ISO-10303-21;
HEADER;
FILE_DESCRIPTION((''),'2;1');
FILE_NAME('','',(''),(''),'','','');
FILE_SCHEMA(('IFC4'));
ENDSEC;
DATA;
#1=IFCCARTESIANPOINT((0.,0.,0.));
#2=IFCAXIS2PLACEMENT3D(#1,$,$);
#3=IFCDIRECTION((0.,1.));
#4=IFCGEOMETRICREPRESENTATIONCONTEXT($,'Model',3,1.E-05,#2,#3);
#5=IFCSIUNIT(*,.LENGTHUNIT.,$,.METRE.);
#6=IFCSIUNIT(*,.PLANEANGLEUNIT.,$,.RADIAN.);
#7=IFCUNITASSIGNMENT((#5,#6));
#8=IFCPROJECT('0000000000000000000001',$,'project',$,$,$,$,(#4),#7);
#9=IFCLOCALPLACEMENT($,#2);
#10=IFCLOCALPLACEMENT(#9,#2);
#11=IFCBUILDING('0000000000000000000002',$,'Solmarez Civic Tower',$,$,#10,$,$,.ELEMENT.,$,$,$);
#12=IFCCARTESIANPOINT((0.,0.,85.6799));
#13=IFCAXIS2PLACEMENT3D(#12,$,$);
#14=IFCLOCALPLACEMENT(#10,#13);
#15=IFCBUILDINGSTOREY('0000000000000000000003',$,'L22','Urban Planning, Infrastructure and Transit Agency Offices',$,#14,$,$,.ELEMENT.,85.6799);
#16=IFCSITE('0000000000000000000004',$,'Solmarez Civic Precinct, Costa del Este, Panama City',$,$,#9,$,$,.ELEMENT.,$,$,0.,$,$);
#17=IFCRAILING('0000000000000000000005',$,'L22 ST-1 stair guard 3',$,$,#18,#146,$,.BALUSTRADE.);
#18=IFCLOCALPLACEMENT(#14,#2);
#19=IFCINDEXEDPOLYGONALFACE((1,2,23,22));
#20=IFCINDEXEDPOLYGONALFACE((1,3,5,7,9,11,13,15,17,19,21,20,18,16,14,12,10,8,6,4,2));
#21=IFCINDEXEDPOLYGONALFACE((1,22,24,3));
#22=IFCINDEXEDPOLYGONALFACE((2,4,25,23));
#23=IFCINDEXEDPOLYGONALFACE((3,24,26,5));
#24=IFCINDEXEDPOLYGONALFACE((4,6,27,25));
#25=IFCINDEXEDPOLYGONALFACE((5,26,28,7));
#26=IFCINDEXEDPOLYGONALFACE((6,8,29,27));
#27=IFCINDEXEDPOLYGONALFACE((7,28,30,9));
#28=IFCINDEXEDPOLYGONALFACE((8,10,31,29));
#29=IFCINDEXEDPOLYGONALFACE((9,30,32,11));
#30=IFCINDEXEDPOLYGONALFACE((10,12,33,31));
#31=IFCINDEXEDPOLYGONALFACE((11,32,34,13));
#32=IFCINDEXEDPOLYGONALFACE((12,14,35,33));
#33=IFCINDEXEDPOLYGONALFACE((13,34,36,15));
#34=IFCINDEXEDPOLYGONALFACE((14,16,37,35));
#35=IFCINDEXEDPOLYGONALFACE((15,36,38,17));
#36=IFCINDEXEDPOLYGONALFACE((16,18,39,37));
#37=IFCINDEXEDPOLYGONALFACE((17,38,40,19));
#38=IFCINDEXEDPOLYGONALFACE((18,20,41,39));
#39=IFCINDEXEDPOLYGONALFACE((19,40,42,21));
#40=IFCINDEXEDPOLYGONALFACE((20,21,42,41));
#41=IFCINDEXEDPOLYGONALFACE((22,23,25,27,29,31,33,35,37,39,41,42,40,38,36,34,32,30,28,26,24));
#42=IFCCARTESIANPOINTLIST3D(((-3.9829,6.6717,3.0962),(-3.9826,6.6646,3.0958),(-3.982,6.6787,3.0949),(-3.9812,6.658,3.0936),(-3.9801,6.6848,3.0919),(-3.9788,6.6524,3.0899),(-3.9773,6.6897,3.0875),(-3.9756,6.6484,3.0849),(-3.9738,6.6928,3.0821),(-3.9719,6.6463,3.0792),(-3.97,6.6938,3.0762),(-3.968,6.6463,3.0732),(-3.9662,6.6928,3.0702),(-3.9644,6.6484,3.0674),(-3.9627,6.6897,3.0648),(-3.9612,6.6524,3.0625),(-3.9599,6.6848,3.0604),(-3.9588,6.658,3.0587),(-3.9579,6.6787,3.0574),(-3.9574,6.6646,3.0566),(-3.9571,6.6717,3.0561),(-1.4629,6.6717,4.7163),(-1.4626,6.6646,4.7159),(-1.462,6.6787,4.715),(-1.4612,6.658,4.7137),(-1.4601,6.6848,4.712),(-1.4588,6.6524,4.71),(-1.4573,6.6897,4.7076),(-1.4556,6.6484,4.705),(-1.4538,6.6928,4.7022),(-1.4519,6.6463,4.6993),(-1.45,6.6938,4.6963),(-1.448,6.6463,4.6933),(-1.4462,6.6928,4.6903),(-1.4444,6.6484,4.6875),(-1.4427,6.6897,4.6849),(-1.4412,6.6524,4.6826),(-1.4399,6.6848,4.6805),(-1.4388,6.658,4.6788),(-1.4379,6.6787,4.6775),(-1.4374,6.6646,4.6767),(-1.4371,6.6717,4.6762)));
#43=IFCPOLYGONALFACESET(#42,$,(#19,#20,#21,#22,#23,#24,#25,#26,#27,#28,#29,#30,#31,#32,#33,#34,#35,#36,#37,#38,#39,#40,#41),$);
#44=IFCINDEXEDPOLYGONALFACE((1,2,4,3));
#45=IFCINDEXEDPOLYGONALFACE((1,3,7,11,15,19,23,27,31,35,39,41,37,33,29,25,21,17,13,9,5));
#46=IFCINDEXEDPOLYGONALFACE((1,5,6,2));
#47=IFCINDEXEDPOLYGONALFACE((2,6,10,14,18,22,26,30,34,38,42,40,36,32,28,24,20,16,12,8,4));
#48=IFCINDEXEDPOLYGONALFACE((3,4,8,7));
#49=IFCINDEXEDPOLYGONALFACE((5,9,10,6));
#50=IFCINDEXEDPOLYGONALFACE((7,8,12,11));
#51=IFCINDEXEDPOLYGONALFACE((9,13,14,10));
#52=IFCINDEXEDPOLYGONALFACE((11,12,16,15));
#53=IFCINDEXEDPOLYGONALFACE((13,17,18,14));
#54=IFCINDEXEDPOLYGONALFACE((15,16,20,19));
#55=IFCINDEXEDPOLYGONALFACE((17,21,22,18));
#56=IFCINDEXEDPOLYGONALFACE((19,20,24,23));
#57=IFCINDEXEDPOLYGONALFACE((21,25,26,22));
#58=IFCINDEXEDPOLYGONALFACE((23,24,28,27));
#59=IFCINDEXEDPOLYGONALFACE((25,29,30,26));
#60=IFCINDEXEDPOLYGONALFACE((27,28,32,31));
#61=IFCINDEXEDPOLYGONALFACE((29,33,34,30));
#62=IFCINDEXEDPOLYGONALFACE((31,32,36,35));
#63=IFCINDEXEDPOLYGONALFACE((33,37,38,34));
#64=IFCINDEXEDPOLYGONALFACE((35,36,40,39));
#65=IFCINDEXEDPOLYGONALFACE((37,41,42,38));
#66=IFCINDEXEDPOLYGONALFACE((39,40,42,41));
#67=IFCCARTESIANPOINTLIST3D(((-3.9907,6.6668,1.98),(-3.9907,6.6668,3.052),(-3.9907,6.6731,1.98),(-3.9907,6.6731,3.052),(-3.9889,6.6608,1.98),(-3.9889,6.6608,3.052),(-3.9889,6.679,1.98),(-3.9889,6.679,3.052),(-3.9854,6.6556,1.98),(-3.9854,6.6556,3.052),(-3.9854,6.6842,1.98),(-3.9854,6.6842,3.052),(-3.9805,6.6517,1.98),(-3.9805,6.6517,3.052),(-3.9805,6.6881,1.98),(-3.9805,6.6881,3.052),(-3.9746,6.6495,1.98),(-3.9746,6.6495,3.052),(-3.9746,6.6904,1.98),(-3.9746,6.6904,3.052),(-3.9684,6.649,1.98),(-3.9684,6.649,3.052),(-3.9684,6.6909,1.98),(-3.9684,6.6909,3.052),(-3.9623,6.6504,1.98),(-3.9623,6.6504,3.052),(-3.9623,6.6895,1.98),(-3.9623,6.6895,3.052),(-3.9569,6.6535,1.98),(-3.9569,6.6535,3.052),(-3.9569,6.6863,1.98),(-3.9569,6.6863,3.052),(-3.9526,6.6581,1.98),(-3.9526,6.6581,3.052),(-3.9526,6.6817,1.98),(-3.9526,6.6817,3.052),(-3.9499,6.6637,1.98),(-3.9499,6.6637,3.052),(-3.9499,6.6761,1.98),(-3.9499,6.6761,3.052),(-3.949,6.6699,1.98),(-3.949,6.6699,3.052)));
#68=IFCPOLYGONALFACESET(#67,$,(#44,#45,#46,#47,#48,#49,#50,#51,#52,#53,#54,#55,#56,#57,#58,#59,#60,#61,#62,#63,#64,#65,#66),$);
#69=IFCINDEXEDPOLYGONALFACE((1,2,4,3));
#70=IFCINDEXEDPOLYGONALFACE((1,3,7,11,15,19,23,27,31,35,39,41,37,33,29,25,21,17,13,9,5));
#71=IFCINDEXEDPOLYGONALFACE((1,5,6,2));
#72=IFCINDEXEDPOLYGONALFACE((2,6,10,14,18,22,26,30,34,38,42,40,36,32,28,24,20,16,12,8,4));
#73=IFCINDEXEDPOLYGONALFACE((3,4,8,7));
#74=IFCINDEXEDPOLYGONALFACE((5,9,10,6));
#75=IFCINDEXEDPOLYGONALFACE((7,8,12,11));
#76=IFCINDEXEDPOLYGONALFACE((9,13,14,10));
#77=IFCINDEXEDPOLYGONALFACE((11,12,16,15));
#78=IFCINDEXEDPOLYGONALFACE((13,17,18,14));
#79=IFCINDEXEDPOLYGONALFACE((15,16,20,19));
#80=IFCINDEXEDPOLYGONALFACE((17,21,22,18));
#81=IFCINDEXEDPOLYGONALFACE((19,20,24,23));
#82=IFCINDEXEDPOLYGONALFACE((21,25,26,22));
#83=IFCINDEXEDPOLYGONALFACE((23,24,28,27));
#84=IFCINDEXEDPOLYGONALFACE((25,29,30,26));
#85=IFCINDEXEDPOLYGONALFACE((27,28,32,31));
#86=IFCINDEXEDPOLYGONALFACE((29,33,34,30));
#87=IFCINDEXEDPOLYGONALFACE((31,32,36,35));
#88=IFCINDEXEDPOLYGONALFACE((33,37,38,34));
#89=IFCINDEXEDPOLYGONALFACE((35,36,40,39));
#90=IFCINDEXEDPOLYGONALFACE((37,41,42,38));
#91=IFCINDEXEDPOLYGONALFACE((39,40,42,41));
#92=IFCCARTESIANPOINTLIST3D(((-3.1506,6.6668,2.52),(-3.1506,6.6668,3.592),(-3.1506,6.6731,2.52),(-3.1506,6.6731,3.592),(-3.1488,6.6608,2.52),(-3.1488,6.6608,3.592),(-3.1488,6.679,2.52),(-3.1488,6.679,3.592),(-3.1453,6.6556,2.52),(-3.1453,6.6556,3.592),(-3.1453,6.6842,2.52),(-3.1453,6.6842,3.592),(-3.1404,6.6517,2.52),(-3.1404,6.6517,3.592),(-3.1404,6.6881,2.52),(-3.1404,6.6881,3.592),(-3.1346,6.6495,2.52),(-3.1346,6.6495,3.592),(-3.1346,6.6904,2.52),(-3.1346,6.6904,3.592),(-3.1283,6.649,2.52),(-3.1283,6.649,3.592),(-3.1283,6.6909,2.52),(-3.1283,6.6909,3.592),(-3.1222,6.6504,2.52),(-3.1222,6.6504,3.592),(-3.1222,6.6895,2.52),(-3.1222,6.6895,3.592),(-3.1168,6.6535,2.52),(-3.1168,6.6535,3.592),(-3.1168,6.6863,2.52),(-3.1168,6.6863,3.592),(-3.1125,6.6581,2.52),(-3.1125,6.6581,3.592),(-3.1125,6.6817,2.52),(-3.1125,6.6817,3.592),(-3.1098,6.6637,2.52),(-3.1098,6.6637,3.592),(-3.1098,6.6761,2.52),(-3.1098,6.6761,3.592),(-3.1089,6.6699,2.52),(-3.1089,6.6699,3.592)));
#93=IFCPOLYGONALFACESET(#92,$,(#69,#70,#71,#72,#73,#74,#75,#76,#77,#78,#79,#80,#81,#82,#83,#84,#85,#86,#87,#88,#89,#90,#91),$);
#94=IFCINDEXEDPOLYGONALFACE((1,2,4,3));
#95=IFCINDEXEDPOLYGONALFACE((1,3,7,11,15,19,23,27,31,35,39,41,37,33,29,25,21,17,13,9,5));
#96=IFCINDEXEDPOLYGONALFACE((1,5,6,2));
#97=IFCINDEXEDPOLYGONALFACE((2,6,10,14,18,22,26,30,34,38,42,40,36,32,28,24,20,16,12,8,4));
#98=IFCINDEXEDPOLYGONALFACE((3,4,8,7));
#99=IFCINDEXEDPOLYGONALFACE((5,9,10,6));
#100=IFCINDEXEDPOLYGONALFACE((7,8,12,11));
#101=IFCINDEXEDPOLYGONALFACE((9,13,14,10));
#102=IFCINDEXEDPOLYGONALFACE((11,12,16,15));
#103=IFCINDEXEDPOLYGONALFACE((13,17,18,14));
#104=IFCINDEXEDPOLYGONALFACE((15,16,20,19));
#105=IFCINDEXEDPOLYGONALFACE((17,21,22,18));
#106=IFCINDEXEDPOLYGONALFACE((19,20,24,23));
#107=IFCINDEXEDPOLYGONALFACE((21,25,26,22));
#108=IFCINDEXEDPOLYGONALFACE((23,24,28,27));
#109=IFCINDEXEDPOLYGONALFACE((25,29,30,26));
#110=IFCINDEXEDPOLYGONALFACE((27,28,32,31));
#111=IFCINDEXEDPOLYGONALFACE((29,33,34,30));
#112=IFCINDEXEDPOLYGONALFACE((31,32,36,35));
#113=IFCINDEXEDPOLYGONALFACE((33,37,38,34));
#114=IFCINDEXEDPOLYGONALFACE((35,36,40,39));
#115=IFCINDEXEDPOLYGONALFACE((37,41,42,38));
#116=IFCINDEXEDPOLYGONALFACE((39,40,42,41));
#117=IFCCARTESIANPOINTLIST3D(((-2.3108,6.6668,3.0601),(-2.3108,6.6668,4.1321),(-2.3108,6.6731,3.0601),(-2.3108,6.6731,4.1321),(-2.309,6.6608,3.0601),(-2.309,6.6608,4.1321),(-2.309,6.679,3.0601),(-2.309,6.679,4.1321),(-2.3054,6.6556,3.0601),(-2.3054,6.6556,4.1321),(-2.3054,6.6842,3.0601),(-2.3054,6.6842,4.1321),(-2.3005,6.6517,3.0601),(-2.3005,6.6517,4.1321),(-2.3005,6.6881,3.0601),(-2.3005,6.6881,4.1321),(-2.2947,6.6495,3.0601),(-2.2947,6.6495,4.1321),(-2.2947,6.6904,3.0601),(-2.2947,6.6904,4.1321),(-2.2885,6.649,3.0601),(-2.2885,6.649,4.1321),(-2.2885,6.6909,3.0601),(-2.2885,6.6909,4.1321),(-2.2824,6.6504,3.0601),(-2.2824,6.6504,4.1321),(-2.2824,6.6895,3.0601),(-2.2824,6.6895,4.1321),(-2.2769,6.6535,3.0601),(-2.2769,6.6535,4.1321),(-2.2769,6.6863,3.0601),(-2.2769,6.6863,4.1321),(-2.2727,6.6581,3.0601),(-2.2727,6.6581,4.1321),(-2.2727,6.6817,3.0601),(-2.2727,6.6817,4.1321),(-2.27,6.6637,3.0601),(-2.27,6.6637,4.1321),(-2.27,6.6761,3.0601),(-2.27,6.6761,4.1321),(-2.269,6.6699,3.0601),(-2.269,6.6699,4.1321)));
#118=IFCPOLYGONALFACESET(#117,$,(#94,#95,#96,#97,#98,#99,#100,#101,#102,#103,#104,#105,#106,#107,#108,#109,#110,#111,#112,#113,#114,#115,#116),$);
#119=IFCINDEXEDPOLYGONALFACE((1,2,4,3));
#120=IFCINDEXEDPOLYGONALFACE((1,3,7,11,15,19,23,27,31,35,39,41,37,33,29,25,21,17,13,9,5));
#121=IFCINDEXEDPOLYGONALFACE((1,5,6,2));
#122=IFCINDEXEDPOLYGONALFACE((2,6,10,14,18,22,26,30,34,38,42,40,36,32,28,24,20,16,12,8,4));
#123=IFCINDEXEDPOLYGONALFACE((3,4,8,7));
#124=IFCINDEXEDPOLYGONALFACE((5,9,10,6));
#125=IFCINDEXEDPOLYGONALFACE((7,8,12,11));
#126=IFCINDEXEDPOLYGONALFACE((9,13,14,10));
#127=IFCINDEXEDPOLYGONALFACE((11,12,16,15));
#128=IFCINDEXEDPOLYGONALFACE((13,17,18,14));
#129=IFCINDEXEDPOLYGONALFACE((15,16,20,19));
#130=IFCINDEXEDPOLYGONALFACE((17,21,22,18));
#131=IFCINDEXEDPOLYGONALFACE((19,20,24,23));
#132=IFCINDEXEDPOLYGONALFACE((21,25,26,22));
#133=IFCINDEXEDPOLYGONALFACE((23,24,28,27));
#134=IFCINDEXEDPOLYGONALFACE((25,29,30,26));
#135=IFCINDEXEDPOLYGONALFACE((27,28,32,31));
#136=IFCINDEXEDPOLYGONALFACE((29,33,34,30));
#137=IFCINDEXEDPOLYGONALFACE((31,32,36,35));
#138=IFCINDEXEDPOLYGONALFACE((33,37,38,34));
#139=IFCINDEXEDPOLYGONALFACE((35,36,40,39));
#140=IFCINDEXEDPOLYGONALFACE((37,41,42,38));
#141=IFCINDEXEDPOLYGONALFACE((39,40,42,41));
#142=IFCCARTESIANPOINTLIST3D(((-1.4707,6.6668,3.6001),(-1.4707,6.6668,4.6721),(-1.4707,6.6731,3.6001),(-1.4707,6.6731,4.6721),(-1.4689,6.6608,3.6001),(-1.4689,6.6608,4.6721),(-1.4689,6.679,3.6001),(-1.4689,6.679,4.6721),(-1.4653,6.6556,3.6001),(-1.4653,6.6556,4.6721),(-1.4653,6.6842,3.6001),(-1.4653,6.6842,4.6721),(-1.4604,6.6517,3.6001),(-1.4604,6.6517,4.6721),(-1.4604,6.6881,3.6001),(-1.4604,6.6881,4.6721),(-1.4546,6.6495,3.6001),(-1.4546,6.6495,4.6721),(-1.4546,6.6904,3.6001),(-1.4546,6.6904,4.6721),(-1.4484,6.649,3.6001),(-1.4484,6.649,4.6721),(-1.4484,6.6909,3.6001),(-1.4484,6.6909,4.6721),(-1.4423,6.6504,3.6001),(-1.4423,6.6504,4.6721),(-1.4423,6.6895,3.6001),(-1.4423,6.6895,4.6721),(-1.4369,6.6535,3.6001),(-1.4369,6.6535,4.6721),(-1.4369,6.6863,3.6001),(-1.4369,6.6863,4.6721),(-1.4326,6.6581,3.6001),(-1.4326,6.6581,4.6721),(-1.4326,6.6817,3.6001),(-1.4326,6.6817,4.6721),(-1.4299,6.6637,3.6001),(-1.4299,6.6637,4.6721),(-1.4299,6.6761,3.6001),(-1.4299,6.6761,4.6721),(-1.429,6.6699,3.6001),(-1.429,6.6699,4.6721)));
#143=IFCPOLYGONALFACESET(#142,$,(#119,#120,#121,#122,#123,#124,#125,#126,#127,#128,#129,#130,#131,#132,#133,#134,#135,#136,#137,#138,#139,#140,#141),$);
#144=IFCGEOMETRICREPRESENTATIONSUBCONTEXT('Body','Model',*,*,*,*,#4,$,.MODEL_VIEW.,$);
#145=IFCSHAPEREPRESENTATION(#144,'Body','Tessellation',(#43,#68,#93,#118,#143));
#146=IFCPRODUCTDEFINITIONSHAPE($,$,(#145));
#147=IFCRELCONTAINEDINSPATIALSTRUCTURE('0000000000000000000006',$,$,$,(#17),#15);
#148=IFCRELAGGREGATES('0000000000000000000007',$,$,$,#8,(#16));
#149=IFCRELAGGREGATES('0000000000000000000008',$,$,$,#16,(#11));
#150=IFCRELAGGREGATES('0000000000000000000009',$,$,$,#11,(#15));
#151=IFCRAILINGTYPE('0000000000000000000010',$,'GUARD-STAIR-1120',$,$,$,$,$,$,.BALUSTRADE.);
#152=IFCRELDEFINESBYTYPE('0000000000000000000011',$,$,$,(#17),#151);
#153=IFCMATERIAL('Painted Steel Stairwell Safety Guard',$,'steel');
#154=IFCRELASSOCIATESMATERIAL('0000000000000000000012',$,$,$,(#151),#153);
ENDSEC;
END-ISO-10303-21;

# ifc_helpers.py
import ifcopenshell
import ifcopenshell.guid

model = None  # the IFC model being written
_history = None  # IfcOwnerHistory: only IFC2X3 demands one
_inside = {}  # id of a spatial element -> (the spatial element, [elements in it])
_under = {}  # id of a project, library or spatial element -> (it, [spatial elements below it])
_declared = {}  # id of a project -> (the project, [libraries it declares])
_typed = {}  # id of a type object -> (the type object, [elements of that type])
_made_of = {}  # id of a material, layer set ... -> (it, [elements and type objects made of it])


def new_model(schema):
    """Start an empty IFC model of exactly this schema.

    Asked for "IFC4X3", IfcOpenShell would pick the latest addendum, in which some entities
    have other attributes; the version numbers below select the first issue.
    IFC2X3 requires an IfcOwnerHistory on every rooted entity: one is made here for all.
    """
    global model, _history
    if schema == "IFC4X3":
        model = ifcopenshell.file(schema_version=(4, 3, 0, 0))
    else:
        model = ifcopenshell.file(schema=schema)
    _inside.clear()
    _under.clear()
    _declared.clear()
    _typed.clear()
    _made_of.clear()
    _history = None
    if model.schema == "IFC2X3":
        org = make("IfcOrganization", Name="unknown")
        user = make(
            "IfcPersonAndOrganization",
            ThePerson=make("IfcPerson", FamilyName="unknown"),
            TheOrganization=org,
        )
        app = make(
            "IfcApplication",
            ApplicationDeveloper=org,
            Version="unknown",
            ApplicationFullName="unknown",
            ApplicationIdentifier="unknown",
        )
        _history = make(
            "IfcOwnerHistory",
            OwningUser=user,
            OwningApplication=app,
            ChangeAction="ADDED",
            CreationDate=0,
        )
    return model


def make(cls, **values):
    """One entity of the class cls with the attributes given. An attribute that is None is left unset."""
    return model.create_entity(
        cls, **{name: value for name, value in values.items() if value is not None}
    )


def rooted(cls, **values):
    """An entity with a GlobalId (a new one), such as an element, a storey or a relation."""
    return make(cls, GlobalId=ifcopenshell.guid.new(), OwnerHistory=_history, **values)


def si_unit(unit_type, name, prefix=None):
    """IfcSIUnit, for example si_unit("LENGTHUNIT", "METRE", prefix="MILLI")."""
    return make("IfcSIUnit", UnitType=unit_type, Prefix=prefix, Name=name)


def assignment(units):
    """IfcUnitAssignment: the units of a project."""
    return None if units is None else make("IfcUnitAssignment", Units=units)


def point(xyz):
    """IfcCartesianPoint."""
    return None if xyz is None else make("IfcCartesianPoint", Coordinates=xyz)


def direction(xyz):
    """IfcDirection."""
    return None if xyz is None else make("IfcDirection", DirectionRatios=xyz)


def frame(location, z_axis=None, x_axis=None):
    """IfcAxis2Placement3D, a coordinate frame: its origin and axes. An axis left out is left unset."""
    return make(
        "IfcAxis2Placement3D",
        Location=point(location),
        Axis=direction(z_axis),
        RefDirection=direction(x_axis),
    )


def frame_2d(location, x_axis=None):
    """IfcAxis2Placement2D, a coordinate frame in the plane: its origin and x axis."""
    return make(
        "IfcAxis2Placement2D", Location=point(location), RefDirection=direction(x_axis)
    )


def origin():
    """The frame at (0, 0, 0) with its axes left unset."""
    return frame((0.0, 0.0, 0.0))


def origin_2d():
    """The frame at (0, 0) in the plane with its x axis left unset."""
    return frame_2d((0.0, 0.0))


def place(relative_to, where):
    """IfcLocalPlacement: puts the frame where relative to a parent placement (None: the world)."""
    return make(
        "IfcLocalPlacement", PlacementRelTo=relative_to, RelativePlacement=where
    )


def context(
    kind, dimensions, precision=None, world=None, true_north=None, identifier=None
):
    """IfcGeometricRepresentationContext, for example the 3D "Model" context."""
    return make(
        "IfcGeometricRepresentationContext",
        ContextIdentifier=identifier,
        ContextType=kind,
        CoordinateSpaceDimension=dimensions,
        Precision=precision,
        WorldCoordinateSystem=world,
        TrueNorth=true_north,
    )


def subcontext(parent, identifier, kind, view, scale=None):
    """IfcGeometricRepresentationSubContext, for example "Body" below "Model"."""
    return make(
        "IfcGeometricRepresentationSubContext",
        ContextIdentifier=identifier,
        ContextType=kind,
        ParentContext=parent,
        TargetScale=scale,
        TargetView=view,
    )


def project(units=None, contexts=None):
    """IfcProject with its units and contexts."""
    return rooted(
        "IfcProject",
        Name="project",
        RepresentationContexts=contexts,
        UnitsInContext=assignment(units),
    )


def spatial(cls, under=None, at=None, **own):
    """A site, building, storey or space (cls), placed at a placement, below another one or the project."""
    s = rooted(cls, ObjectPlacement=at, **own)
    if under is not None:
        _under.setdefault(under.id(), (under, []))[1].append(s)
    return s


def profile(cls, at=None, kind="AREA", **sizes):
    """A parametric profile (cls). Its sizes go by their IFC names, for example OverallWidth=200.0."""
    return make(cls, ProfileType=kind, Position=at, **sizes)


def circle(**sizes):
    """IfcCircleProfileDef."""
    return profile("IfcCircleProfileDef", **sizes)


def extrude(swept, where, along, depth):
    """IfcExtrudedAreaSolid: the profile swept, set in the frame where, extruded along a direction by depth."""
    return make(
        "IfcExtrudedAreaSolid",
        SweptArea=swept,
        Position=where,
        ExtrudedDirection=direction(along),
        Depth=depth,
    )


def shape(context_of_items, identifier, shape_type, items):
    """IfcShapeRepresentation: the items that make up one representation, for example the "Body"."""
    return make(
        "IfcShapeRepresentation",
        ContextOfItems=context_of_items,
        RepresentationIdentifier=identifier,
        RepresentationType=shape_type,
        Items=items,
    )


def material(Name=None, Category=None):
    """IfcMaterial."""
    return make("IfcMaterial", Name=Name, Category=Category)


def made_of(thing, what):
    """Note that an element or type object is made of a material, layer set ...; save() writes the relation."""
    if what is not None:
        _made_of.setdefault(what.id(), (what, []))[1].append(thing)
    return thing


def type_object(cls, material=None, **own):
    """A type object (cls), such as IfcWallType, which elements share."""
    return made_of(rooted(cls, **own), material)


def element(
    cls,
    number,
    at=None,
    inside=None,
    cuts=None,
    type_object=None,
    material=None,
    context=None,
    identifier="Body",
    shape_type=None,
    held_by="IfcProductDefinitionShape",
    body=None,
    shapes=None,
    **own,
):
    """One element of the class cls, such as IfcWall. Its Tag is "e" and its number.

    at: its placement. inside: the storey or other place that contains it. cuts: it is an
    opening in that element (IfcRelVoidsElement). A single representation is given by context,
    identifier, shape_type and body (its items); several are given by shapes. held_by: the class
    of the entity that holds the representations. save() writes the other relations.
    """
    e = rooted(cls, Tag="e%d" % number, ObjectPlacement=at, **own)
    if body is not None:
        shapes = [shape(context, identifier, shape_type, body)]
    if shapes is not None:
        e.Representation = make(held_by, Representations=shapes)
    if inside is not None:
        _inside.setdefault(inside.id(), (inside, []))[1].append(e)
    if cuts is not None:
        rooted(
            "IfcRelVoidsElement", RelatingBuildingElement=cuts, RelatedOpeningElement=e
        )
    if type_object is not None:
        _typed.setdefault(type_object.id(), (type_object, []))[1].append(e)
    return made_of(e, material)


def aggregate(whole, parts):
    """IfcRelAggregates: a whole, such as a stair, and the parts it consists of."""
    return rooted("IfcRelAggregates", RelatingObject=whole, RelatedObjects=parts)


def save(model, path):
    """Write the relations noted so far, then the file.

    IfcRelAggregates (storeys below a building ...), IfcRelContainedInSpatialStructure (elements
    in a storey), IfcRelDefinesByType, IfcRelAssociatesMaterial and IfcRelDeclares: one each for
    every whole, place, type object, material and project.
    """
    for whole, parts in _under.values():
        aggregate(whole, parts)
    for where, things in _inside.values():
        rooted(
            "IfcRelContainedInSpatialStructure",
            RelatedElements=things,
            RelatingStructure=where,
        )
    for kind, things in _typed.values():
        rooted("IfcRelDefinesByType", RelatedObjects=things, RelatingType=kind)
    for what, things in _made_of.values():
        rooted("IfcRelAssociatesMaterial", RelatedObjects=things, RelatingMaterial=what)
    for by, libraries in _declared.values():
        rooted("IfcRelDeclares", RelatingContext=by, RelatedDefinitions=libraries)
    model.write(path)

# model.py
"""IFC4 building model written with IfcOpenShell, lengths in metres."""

from ifc_helpers import new_model, si_unit, direction, frame, origin, origin_2d, place, context, subcontext, project, spatial, circle, extrude, material, type_object, element, save


model = new_model("IFC4")

# Units and contexts
model_context = context("Model", 3, precision=1e-05, world=origin(), true_north=direction((0.0, 1.0)))
body_context = subcontext(model_context, "Body", "Model", "MODEL_VIEW")
ifc_project = project(units=[si_unit("LENGTHUNIT", "METRE"), si_unit("PLANEANGLEUNIT", "RADIAN")], contexts=[model_context])

# Site, building, storey
site_placement = place(None, origin())
site = spatial("IfcSite", under=ifc_project, at=site_placement, Name="Solmarez Civic Precinct, Costa del Este, Panama City", CompositionType="ELEMENT", RefElevation=0.0)
building_placement = place(site_placement, origin())
building = spatial("IfcBuilding", under=site, at=building_placement, Name="Solmarez Civic Tower", CompositionType="ELEMENT")
storey_placement = place(building_placement, frame((0.0, 0.0, 85.6799)))
storey = spatial("IfcBuildingStorey", under=building, at=storey_placement, Name="L22", Description="Urban Planning, Infrastructure and Transit Agency Offices", CompositionType="ELEMENT", Elevation=85.6799)

# Railing
ifc_material_1 = material(Name="Painted Steel Stairwell Safety Guard", Category="steel")
railing_type_1 = type_object("IfcRailingType", Name="GUARD-STAIR-1120", PredefinedType="BALUSTRADE", material=ifc_material_1)
railing_1_placement = place(storey_placement, frame((-3.97, 6.6699, 1.98)))
element("IfcRailing", 1, at=railing_1_placement, inside=storey, type_object=railing_type_1, Name="L22 ST-1 stair guard 3", PredefinedType="BALUSTRADE", context=body_context, shape_type="SweptSolid", body=[
    extrude(circle(Radius=0.0239, at=origin_2d()), frame((0.0, 0.0, 1.0962), z_axis=(0.841163, 0.0, 0.540782), x_axis=(0.0, 1.0, 0.0)), (0.0, 0.0, 1.0), 2.9958),
    extrude(circle(Radius=0.021, at=origin_2d()), origin(), (0.0, 0.0, 1.0), 1.072),
    extrude(circle(Radius=0.021, at=origin_2d()), frame((0.8401, 0.0, 0.54)), (0.0, 0.0, 1.0), 1.072),
    extrude(circle(Radius=0.021, at=origin_2d()), frame((1.6799, 0.0, 1.0801)), (0.0, 0.0, 1.0), 1.072),
    extrude(circle(Radius=0.021, at=origin_2d()), frame((2.52, 0.0, 1.6201)), (0.0, 0.0, 1.0), 1.072),
])

save(model, "model.ifc")
